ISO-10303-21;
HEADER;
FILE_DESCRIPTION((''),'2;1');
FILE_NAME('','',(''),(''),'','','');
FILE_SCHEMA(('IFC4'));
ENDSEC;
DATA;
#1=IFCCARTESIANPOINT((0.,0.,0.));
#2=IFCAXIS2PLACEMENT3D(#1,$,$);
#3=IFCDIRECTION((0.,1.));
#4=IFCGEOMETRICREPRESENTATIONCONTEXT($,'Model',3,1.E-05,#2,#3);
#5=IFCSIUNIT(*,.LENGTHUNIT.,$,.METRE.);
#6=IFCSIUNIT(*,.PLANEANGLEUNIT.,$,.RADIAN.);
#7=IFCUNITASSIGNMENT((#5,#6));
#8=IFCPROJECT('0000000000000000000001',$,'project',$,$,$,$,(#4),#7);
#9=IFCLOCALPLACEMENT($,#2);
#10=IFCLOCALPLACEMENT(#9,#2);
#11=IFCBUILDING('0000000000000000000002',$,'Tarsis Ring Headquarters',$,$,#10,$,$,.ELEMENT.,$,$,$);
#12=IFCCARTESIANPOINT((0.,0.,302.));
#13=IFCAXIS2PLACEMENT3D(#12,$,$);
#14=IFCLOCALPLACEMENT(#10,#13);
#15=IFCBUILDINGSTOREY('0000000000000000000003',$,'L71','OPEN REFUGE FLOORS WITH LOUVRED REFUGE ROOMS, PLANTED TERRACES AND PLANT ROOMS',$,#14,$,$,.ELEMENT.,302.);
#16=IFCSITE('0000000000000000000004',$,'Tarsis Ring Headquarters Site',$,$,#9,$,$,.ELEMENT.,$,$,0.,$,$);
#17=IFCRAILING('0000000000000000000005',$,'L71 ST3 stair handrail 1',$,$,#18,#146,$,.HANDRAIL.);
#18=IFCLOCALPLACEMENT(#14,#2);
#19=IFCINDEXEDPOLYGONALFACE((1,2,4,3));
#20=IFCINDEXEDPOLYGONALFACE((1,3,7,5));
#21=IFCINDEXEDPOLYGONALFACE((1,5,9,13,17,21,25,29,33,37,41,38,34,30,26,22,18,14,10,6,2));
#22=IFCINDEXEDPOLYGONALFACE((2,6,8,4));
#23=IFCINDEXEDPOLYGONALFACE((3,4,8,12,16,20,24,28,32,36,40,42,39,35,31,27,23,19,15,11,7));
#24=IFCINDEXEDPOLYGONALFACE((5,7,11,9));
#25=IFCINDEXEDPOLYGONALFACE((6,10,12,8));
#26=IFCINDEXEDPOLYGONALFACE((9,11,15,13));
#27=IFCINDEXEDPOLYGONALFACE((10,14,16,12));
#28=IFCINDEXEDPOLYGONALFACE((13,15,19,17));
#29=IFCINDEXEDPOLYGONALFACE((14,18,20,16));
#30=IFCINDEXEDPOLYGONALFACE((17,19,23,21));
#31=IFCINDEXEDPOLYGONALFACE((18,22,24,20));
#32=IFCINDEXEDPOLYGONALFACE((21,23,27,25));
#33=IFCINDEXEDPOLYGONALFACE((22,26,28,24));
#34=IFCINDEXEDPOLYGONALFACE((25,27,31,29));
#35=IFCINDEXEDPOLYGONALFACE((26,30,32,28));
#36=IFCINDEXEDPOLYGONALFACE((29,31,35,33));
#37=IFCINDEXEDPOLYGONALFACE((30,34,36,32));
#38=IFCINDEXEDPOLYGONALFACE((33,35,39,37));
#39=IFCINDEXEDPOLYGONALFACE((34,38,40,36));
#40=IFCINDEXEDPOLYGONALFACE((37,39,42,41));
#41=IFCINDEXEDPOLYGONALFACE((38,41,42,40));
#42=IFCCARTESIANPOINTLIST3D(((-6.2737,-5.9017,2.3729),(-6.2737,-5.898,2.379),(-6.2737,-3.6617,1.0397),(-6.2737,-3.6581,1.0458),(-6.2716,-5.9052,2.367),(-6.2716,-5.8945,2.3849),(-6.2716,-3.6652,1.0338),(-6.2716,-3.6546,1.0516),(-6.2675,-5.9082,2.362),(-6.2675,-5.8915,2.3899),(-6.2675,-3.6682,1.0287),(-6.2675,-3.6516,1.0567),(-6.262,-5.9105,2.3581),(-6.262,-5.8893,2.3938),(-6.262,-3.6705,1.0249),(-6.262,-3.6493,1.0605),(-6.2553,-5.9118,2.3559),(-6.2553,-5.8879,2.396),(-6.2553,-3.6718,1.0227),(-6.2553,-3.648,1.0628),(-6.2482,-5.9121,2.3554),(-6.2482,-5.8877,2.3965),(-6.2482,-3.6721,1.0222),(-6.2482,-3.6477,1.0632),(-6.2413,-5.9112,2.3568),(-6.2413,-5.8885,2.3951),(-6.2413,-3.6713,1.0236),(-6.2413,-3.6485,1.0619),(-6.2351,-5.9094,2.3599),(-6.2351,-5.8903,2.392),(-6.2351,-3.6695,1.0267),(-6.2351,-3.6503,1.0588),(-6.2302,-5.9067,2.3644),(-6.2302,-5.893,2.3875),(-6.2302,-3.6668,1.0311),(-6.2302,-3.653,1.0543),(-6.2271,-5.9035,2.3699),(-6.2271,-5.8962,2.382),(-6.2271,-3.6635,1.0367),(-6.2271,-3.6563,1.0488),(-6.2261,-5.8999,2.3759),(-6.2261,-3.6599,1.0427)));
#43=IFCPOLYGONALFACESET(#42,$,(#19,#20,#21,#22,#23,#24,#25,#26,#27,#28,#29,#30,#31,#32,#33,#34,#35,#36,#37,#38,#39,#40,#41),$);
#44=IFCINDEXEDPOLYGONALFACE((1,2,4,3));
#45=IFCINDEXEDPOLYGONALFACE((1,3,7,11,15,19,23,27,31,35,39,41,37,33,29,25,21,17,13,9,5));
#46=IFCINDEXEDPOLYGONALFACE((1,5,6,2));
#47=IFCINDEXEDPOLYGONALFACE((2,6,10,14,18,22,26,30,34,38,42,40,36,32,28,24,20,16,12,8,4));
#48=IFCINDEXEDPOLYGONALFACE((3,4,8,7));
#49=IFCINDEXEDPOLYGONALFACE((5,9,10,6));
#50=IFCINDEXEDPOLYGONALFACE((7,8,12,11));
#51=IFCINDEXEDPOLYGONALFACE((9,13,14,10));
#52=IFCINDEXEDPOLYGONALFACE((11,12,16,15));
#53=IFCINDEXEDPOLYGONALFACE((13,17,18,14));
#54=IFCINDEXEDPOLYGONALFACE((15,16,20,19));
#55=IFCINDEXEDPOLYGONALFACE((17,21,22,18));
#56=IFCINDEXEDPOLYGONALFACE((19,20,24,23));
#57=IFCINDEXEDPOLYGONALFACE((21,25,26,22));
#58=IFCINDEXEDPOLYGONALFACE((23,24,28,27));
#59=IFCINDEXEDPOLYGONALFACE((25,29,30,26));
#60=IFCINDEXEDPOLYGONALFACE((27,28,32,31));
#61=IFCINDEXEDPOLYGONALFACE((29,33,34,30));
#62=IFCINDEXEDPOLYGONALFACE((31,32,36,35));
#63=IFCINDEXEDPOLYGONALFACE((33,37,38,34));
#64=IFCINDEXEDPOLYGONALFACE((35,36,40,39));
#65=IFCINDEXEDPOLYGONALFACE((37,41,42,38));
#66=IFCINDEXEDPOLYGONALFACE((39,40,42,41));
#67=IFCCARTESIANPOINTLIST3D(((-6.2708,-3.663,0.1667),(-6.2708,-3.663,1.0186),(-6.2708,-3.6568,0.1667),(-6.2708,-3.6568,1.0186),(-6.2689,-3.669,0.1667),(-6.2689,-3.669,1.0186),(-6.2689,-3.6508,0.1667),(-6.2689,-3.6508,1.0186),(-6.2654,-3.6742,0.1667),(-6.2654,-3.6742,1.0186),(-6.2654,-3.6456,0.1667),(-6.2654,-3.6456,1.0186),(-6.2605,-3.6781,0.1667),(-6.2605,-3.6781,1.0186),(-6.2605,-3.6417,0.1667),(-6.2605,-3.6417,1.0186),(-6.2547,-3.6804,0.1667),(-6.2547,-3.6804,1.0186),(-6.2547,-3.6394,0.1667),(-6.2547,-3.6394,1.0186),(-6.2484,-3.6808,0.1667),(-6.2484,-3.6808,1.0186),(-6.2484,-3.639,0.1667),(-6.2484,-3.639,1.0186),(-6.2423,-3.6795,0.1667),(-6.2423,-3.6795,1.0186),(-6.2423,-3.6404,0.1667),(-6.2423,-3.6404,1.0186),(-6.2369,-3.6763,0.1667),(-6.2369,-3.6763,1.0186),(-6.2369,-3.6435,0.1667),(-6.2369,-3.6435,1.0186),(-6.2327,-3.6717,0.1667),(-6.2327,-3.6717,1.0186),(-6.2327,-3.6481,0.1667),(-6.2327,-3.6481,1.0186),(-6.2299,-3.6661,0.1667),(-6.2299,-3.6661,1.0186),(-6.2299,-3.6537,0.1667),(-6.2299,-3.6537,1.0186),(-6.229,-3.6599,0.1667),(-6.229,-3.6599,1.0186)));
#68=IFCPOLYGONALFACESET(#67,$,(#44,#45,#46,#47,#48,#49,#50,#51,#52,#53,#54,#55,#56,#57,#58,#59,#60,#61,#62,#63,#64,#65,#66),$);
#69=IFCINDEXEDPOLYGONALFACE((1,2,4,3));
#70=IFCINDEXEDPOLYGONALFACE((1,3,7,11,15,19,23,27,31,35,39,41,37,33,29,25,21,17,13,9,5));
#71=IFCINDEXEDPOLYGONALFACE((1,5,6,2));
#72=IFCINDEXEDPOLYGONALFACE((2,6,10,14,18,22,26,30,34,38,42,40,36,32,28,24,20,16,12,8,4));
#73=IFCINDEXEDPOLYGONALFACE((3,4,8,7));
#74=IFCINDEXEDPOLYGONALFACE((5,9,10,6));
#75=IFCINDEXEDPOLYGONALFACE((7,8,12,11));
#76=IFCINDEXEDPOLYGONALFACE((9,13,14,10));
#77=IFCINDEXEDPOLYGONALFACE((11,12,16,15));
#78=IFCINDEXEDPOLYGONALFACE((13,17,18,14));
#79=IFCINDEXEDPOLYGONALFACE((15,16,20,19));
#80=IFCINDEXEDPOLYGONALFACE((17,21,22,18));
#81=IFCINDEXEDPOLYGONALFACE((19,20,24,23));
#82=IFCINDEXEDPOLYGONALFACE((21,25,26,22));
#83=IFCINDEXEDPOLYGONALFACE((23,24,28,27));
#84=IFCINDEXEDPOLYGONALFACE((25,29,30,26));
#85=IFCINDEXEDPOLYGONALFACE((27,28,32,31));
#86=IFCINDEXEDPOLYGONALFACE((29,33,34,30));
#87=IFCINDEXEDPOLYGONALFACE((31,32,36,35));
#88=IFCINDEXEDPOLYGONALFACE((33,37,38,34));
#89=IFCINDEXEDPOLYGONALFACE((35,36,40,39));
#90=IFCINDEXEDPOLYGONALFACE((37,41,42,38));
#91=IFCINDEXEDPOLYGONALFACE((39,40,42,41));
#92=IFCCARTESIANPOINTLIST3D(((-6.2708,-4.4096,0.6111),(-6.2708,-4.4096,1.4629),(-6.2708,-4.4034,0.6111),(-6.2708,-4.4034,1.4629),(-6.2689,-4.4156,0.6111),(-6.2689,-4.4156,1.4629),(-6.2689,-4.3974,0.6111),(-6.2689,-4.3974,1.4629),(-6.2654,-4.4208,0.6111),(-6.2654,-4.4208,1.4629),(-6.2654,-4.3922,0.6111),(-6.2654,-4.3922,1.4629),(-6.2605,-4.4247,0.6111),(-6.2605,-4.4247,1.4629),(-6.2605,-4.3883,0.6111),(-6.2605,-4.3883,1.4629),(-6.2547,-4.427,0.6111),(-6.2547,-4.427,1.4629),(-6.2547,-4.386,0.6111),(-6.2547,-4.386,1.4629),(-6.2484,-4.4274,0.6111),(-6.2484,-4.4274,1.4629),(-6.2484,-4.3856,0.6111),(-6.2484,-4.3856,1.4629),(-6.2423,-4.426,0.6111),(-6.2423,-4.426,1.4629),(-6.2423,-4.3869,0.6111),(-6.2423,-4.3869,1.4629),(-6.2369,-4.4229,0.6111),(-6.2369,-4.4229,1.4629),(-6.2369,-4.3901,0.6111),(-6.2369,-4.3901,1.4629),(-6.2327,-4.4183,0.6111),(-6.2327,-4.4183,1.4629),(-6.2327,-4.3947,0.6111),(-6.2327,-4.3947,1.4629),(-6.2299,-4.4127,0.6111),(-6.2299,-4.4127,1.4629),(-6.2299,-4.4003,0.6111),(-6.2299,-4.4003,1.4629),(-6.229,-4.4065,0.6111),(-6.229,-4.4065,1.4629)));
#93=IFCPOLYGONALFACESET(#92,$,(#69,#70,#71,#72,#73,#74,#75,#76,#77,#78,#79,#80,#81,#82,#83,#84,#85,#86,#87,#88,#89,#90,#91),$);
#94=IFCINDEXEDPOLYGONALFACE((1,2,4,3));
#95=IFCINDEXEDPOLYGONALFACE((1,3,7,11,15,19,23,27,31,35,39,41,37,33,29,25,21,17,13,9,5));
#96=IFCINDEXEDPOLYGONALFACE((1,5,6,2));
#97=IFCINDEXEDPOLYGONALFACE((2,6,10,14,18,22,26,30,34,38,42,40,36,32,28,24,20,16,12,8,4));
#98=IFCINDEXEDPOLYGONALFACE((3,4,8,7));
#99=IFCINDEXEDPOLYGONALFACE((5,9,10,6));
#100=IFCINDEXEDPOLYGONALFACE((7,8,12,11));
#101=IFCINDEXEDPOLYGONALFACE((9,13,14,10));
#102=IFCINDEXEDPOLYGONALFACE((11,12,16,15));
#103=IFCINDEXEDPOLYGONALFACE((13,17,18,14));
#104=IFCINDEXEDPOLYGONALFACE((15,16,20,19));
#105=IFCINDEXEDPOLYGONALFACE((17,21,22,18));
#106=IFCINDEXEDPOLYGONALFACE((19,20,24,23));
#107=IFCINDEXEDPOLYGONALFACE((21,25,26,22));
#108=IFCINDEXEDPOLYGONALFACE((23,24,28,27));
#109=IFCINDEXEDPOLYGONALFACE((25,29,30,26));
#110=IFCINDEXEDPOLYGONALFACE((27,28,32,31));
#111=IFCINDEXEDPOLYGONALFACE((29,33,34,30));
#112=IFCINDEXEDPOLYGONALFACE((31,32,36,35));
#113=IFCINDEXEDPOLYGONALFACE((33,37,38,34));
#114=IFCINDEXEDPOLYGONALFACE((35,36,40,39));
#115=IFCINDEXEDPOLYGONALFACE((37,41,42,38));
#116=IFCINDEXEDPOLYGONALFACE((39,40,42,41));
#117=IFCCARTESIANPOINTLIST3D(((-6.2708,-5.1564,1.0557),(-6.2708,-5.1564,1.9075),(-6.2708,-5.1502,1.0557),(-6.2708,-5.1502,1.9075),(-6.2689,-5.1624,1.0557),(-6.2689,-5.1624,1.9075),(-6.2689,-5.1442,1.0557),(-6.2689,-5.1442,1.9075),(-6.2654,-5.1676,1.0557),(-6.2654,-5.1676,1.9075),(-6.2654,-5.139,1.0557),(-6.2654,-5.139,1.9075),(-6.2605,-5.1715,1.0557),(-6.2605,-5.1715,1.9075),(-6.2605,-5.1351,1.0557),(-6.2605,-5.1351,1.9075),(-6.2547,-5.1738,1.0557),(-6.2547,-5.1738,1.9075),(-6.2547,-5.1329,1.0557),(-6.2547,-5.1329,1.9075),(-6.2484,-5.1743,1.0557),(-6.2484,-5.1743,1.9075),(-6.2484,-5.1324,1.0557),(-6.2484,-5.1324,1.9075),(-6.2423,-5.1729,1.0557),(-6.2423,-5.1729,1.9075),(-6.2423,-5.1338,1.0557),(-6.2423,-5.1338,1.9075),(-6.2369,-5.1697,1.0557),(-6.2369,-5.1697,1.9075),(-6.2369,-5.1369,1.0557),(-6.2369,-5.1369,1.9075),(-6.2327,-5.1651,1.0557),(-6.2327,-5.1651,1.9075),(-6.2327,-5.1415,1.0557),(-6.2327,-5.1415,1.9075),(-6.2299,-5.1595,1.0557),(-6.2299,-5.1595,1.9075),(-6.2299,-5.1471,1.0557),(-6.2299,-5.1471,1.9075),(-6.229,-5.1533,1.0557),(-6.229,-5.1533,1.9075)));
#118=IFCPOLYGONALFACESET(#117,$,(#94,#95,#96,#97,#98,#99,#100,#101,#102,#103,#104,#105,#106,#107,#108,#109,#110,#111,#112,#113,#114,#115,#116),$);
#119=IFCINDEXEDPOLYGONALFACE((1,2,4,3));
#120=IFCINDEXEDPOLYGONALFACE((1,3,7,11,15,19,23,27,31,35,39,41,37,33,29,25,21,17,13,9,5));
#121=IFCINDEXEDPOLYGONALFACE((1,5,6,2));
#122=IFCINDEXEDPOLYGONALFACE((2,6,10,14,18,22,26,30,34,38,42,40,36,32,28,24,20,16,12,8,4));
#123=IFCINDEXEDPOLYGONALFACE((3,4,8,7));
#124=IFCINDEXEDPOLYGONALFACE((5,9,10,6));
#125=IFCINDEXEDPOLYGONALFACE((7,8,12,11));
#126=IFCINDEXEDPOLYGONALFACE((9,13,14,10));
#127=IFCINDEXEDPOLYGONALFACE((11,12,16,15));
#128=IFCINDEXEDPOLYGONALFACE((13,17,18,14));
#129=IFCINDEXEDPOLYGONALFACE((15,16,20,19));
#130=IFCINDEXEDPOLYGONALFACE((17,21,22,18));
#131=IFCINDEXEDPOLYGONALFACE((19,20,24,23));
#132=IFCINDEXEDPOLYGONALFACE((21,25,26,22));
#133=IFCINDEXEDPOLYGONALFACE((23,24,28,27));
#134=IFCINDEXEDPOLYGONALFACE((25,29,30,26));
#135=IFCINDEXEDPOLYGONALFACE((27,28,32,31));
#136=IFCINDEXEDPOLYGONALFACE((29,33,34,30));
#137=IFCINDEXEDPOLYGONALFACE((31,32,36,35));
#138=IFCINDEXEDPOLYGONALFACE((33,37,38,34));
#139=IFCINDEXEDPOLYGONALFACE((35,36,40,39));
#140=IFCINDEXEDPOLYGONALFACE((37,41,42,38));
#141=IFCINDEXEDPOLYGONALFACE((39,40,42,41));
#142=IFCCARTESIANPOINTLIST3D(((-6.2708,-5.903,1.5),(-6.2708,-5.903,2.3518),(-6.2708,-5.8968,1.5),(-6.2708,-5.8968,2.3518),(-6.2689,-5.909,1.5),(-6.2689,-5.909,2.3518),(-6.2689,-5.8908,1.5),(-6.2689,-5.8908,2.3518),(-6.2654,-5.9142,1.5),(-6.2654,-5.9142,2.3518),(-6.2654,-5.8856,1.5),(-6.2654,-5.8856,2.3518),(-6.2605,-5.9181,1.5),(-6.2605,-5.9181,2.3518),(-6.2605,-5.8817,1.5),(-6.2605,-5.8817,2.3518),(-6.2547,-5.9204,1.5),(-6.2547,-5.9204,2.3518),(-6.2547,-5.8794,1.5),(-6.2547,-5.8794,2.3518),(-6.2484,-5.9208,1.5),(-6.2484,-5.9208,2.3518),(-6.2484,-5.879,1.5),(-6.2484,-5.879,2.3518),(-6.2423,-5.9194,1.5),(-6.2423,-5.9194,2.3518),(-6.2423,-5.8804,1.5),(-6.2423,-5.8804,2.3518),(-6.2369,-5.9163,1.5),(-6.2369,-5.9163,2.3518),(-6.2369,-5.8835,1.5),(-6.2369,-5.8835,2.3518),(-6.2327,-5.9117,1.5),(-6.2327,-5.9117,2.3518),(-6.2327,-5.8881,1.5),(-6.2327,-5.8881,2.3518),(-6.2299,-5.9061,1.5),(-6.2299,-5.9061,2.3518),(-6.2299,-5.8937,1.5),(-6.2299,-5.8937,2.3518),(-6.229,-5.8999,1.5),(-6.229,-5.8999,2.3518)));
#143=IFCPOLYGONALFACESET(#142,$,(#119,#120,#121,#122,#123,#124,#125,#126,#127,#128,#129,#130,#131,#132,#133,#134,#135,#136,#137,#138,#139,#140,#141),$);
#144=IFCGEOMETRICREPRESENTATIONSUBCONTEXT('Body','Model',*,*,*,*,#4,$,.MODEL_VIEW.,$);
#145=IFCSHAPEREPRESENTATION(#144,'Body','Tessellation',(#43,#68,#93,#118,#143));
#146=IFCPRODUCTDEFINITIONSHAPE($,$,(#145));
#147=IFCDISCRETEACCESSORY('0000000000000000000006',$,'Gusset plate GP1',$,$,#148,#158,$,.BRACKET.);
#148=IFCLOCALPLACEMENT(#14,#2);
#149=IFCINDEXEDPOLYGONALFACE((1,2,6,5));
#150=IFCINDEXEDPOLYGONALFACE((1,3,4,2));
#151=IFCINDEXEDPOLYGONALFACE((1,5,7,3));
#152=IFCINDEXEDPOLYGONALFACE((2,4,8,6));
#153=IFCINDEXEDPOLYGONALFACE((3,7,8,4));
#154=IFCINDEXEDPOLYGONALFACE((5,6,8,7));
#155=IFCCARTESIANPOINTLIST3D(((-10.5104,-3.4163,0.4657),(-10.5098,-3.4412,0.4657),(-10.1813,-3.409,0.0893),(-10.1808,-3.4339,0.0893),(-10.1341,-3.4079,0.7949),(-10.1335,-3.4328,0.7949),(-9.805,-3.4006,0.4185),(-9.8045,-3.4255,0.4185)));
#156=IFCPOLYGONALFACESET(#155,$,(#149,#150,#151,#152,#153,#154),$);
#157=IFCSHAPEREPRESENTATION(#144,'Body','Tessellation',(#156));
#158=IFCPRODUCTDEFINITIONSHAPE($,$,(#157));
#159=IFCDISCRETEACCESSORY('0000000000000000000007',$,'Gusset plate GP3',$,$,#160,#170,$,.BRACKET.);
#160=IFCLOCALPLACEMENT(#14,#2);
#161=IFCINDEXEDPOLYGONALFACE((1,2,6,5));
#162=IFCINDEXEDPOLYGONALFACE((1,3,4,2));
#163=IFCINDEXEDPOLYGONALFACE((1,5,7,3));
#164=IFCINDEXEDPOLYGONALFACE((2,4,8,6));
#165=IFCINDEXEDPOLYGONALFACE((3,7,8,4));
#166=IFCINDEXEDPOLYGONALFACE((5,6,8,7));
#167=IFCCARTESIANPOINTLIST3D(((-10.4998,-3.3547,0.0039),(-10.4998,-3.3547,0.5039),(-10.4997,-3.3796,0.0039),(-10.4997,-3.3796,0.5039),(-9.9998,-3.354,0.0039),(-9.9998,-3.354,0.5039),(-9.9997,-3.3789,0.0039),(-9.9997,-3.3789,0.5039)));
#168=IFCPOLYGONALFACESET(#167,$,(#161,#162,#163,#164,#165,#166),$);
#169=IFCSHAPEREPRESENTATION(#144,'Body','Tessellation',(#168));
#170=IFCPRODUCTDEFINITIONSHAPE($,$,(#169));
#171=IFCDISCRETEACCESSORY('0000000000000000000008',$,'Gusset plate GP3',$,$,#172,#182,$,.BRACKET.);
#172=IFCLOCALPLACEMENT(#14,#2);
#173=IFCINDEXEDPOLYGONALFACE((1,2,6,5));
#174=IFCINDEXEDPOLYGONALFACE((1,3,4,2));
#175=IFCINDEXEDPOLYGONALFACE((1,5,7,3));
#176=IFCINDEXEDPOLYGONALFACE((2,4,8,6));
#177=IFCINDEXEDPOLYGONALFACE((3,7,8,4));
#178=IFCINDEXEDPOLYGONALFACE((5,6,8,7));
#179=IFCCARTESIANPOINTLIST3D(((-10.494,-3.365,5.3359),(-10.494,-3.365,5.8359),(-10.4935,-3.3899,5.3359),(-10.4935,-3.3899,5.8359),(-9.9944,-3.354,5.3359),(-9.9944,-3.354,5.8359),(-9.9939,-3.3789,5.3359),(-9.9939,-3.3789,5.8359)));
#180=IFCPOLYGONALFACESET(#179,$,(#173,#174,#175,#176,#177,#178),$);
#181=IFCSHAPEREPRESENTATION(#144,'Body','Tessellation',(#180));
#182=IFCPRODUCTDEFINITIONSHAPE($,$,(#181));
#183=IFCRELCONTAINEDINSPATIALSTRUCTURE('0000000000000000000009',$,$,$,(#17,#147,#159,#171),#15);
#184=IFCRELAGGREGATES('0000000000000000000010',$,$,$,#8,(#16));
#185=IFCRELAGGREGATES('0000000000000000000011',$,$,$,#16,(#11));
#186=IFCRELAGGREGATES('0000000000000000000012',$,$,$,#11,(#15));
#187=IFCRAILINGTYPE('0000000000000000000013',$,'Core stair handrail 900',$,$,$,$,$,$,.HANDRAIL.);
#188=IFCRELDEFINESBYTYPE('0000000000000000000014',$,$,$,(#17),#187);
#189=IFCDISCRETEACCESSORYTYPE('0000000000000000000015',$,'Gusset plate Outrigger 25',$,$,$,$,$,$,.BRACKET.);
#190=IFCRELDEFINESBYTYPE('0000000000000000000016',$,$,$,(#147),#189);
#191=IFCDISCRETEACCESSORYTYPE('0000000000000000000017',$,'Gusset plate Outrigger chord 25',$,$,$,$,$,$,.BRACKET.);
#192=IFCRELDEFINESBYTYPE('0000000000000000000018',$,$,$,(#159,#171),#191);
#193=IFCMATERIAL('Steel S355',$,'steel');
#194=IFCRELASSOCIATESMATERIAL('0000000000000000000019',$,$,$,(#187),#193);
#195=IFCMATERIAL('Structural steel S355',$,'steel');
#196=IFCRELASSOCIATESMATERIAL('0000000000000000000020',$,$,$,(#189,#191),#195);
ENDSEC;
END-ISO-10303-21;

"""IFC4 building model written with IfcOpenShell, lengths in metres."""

from ifc_helpers import new_model, si_unit, direction, frame, origin, origin_2d, place, context, subcontext, project, spatial, rectangle, circle, extrude, material, material_profile, profile_set, type_object, element, save


model = new_model("IFC4")

# Units and contexts
model_context = context("Model", 3, precision=1e-05, world=origin(), true_north=direction((0.0, 1.0)))
body_context = subcontext(model_context, "Body", "Model", "MODEL_VIEW")
ifc_project = project(units=[si_unit("LENGTHUNIT", "METRE"), si_unit("PLANEANGLEUNIT", "RADIAN")], contexts=[model_context])

# Site, building, storey
site_placement = place(None, origin())
site = spatial("IfcSite", under=ifc_project, at=site_placement, Name="Tarsis Ring Headquarters Site", CompositionType="ELEMENT", RefElevation=0.0)
building_placement = place(site_placement, origin())
building = spatial("IfcBuilding", under=site, at=building_placement, Name="Tarsis Ring Headquarters", CompositionType="ELEMENT")
storey_placement = place(building_placement, frame((0.0, 0.0, 302.0)))
storey = spatial("IfcBuildingStorey", under=building, at=storey_placement, Name="L71", Description="OPEN REFUGE FLOORS WITH LOUVRED REFUGE ROOMS, PLANTED TERRACES AND PLANT ROOMS", CompositionType="ELEMENT", Elevation=302.0)

# Shared definitions
ifc_material_1 = material(Name="Structural steel S355", Category="steel")

# Railing
ifc_material_2 = material(Name="Steel S355", Category="steel")
railing_type = type_object("IfcRailingType", Name="Core stair handrail 900", PredefinedType="HANDRAIL", material=ifc_material_2)
railing_placement = place(storey_placement, frame((-6.25, -3.6599, 0.1667)))
element("IfcRailing", 1, at=railing_placement, inside=storey, type_object=railing_type, Name="L71 ST3 stair handrail 1", PredefinedType="HANDRAIL", context=body_context, shape_type="SweptSolid", body=[
    extrude(circle(Radius=0.0239, at=origin_2d()), frame((0.0, 0.0, 0.876), z_axis=(0.0, -0.859306, 0.511462), x_axis=(1.0, 0.0, 0.0)), (0.0, 0.0, 1.0), 2.6067),
    extrude(circle(Radius=0.021, at=origin_2d()), origin(), (0.0, 0.0, 1.0), 0.8518),
    extrude(circle(Radius=0.021, at=origin_2d()), frame((0.0, -0.7466, 0.4443)), (0.0, 0.0, 1.0), 0.8518),
    extrude(circle(Radius=0.021, at=origin_2d()), frame((0.0, -1.4934, 0.8889)), (0.0, 0.0, 1.0), 0.8518),
    extrude(circle(Radius=0.021, at=origin_2d()), frame((0.0, -2.24, 1.3333)), (0.0, 0.0, 1.0), 0.8518),
])

# Discrete accessories
ifc_material_profile_1 = material_profile(ifc_material_1, rectangle(XDim=0.0249, YDim=0.5, at=origin_2d()), Name="PL 25x500")
ifc_profile_set_1 = profile_set([ifc_material_profile_1], Name="Structural steel S355")
discrete_accessory_type_1 = type_object("IfcDiscreteAccessoryType", Name="Gusset plate Outrigger 25", PredefinedType="BRACKET", material=ifc_profile_set_1)
discrete_accessory_1_placement = place(storey_placement, frame((-9.9929, -3.4172, 0.2539), z_axis=(-0.658088, -0.014646, 0.752798), x_axis=(0.02225, -0.999752, 0.0)))
element("IfcDiscreteAccessory", 2, at=discrete_accessory_1_placement, inside=storey, type_object=discrete_accessory_type_1, Name="Gusset plate GP1", PredefinedType="BRACKET", context=body_context, shape_type="SweptSolid", body=[
    extrude(rectangle(XDim=0.0249, YDim=0.5, at=origin_2d()), origin(), (0.0, 0.0, 1.0), 0.5),
])
discrete_accessory_type_2 = type_object("IfcDiscreteAccessoryType", Name="Gusset plate Outrigger chord 25", PredefinedType="BRACKET", material=ifc_profile_set_1)
discrete_accessory_2_placement = place(storey_placement, frame((-9.9998, -3.3665, 0.2539), z_axis=(-0.999999, -0.001465, 0.0), x_axis=(0.001465, -0.999999, 0.0)))
element("IfcDiscreteAccessory", 3, at=discrete_accessory_2_placement, inside=storey, type_object=discrete_accessory_type_2, Name="Gusset plate GP3", PredefinedType="BRACKET", context=body_context, shape_type="SweptSolid", body=[
    extrude(rectangle(XDim=0.0249, YDim=0.5, at=origin_2d()), origin(), (0.0, 0.0, 1.0), 0.5),
])
discrete_accessory_3_placement = place(storey_placement, frame((-9.9941, -3.3665, 5.5859), z_axis=(-0.999758, -0.021978, 0.0), x_axis=(0.021978, -0.999758, 0.0)))
element("IfcDiscreteAccessory", 4, at=discrete_accessory_3_placement, inside=storey, type_object=discrete_accessory_type_2, Name="Gusset plate GP3", PredefinedType="BRACKET", context=body_context, shape_type="SweptSolid", body=[
    extrude(rectangle(XDim=0.0249, YDim=0.5, at=origin_2d()), origin(), (0.0, 0.0, 1.0), 0.4998),
])

save(model, "model.ifc")
